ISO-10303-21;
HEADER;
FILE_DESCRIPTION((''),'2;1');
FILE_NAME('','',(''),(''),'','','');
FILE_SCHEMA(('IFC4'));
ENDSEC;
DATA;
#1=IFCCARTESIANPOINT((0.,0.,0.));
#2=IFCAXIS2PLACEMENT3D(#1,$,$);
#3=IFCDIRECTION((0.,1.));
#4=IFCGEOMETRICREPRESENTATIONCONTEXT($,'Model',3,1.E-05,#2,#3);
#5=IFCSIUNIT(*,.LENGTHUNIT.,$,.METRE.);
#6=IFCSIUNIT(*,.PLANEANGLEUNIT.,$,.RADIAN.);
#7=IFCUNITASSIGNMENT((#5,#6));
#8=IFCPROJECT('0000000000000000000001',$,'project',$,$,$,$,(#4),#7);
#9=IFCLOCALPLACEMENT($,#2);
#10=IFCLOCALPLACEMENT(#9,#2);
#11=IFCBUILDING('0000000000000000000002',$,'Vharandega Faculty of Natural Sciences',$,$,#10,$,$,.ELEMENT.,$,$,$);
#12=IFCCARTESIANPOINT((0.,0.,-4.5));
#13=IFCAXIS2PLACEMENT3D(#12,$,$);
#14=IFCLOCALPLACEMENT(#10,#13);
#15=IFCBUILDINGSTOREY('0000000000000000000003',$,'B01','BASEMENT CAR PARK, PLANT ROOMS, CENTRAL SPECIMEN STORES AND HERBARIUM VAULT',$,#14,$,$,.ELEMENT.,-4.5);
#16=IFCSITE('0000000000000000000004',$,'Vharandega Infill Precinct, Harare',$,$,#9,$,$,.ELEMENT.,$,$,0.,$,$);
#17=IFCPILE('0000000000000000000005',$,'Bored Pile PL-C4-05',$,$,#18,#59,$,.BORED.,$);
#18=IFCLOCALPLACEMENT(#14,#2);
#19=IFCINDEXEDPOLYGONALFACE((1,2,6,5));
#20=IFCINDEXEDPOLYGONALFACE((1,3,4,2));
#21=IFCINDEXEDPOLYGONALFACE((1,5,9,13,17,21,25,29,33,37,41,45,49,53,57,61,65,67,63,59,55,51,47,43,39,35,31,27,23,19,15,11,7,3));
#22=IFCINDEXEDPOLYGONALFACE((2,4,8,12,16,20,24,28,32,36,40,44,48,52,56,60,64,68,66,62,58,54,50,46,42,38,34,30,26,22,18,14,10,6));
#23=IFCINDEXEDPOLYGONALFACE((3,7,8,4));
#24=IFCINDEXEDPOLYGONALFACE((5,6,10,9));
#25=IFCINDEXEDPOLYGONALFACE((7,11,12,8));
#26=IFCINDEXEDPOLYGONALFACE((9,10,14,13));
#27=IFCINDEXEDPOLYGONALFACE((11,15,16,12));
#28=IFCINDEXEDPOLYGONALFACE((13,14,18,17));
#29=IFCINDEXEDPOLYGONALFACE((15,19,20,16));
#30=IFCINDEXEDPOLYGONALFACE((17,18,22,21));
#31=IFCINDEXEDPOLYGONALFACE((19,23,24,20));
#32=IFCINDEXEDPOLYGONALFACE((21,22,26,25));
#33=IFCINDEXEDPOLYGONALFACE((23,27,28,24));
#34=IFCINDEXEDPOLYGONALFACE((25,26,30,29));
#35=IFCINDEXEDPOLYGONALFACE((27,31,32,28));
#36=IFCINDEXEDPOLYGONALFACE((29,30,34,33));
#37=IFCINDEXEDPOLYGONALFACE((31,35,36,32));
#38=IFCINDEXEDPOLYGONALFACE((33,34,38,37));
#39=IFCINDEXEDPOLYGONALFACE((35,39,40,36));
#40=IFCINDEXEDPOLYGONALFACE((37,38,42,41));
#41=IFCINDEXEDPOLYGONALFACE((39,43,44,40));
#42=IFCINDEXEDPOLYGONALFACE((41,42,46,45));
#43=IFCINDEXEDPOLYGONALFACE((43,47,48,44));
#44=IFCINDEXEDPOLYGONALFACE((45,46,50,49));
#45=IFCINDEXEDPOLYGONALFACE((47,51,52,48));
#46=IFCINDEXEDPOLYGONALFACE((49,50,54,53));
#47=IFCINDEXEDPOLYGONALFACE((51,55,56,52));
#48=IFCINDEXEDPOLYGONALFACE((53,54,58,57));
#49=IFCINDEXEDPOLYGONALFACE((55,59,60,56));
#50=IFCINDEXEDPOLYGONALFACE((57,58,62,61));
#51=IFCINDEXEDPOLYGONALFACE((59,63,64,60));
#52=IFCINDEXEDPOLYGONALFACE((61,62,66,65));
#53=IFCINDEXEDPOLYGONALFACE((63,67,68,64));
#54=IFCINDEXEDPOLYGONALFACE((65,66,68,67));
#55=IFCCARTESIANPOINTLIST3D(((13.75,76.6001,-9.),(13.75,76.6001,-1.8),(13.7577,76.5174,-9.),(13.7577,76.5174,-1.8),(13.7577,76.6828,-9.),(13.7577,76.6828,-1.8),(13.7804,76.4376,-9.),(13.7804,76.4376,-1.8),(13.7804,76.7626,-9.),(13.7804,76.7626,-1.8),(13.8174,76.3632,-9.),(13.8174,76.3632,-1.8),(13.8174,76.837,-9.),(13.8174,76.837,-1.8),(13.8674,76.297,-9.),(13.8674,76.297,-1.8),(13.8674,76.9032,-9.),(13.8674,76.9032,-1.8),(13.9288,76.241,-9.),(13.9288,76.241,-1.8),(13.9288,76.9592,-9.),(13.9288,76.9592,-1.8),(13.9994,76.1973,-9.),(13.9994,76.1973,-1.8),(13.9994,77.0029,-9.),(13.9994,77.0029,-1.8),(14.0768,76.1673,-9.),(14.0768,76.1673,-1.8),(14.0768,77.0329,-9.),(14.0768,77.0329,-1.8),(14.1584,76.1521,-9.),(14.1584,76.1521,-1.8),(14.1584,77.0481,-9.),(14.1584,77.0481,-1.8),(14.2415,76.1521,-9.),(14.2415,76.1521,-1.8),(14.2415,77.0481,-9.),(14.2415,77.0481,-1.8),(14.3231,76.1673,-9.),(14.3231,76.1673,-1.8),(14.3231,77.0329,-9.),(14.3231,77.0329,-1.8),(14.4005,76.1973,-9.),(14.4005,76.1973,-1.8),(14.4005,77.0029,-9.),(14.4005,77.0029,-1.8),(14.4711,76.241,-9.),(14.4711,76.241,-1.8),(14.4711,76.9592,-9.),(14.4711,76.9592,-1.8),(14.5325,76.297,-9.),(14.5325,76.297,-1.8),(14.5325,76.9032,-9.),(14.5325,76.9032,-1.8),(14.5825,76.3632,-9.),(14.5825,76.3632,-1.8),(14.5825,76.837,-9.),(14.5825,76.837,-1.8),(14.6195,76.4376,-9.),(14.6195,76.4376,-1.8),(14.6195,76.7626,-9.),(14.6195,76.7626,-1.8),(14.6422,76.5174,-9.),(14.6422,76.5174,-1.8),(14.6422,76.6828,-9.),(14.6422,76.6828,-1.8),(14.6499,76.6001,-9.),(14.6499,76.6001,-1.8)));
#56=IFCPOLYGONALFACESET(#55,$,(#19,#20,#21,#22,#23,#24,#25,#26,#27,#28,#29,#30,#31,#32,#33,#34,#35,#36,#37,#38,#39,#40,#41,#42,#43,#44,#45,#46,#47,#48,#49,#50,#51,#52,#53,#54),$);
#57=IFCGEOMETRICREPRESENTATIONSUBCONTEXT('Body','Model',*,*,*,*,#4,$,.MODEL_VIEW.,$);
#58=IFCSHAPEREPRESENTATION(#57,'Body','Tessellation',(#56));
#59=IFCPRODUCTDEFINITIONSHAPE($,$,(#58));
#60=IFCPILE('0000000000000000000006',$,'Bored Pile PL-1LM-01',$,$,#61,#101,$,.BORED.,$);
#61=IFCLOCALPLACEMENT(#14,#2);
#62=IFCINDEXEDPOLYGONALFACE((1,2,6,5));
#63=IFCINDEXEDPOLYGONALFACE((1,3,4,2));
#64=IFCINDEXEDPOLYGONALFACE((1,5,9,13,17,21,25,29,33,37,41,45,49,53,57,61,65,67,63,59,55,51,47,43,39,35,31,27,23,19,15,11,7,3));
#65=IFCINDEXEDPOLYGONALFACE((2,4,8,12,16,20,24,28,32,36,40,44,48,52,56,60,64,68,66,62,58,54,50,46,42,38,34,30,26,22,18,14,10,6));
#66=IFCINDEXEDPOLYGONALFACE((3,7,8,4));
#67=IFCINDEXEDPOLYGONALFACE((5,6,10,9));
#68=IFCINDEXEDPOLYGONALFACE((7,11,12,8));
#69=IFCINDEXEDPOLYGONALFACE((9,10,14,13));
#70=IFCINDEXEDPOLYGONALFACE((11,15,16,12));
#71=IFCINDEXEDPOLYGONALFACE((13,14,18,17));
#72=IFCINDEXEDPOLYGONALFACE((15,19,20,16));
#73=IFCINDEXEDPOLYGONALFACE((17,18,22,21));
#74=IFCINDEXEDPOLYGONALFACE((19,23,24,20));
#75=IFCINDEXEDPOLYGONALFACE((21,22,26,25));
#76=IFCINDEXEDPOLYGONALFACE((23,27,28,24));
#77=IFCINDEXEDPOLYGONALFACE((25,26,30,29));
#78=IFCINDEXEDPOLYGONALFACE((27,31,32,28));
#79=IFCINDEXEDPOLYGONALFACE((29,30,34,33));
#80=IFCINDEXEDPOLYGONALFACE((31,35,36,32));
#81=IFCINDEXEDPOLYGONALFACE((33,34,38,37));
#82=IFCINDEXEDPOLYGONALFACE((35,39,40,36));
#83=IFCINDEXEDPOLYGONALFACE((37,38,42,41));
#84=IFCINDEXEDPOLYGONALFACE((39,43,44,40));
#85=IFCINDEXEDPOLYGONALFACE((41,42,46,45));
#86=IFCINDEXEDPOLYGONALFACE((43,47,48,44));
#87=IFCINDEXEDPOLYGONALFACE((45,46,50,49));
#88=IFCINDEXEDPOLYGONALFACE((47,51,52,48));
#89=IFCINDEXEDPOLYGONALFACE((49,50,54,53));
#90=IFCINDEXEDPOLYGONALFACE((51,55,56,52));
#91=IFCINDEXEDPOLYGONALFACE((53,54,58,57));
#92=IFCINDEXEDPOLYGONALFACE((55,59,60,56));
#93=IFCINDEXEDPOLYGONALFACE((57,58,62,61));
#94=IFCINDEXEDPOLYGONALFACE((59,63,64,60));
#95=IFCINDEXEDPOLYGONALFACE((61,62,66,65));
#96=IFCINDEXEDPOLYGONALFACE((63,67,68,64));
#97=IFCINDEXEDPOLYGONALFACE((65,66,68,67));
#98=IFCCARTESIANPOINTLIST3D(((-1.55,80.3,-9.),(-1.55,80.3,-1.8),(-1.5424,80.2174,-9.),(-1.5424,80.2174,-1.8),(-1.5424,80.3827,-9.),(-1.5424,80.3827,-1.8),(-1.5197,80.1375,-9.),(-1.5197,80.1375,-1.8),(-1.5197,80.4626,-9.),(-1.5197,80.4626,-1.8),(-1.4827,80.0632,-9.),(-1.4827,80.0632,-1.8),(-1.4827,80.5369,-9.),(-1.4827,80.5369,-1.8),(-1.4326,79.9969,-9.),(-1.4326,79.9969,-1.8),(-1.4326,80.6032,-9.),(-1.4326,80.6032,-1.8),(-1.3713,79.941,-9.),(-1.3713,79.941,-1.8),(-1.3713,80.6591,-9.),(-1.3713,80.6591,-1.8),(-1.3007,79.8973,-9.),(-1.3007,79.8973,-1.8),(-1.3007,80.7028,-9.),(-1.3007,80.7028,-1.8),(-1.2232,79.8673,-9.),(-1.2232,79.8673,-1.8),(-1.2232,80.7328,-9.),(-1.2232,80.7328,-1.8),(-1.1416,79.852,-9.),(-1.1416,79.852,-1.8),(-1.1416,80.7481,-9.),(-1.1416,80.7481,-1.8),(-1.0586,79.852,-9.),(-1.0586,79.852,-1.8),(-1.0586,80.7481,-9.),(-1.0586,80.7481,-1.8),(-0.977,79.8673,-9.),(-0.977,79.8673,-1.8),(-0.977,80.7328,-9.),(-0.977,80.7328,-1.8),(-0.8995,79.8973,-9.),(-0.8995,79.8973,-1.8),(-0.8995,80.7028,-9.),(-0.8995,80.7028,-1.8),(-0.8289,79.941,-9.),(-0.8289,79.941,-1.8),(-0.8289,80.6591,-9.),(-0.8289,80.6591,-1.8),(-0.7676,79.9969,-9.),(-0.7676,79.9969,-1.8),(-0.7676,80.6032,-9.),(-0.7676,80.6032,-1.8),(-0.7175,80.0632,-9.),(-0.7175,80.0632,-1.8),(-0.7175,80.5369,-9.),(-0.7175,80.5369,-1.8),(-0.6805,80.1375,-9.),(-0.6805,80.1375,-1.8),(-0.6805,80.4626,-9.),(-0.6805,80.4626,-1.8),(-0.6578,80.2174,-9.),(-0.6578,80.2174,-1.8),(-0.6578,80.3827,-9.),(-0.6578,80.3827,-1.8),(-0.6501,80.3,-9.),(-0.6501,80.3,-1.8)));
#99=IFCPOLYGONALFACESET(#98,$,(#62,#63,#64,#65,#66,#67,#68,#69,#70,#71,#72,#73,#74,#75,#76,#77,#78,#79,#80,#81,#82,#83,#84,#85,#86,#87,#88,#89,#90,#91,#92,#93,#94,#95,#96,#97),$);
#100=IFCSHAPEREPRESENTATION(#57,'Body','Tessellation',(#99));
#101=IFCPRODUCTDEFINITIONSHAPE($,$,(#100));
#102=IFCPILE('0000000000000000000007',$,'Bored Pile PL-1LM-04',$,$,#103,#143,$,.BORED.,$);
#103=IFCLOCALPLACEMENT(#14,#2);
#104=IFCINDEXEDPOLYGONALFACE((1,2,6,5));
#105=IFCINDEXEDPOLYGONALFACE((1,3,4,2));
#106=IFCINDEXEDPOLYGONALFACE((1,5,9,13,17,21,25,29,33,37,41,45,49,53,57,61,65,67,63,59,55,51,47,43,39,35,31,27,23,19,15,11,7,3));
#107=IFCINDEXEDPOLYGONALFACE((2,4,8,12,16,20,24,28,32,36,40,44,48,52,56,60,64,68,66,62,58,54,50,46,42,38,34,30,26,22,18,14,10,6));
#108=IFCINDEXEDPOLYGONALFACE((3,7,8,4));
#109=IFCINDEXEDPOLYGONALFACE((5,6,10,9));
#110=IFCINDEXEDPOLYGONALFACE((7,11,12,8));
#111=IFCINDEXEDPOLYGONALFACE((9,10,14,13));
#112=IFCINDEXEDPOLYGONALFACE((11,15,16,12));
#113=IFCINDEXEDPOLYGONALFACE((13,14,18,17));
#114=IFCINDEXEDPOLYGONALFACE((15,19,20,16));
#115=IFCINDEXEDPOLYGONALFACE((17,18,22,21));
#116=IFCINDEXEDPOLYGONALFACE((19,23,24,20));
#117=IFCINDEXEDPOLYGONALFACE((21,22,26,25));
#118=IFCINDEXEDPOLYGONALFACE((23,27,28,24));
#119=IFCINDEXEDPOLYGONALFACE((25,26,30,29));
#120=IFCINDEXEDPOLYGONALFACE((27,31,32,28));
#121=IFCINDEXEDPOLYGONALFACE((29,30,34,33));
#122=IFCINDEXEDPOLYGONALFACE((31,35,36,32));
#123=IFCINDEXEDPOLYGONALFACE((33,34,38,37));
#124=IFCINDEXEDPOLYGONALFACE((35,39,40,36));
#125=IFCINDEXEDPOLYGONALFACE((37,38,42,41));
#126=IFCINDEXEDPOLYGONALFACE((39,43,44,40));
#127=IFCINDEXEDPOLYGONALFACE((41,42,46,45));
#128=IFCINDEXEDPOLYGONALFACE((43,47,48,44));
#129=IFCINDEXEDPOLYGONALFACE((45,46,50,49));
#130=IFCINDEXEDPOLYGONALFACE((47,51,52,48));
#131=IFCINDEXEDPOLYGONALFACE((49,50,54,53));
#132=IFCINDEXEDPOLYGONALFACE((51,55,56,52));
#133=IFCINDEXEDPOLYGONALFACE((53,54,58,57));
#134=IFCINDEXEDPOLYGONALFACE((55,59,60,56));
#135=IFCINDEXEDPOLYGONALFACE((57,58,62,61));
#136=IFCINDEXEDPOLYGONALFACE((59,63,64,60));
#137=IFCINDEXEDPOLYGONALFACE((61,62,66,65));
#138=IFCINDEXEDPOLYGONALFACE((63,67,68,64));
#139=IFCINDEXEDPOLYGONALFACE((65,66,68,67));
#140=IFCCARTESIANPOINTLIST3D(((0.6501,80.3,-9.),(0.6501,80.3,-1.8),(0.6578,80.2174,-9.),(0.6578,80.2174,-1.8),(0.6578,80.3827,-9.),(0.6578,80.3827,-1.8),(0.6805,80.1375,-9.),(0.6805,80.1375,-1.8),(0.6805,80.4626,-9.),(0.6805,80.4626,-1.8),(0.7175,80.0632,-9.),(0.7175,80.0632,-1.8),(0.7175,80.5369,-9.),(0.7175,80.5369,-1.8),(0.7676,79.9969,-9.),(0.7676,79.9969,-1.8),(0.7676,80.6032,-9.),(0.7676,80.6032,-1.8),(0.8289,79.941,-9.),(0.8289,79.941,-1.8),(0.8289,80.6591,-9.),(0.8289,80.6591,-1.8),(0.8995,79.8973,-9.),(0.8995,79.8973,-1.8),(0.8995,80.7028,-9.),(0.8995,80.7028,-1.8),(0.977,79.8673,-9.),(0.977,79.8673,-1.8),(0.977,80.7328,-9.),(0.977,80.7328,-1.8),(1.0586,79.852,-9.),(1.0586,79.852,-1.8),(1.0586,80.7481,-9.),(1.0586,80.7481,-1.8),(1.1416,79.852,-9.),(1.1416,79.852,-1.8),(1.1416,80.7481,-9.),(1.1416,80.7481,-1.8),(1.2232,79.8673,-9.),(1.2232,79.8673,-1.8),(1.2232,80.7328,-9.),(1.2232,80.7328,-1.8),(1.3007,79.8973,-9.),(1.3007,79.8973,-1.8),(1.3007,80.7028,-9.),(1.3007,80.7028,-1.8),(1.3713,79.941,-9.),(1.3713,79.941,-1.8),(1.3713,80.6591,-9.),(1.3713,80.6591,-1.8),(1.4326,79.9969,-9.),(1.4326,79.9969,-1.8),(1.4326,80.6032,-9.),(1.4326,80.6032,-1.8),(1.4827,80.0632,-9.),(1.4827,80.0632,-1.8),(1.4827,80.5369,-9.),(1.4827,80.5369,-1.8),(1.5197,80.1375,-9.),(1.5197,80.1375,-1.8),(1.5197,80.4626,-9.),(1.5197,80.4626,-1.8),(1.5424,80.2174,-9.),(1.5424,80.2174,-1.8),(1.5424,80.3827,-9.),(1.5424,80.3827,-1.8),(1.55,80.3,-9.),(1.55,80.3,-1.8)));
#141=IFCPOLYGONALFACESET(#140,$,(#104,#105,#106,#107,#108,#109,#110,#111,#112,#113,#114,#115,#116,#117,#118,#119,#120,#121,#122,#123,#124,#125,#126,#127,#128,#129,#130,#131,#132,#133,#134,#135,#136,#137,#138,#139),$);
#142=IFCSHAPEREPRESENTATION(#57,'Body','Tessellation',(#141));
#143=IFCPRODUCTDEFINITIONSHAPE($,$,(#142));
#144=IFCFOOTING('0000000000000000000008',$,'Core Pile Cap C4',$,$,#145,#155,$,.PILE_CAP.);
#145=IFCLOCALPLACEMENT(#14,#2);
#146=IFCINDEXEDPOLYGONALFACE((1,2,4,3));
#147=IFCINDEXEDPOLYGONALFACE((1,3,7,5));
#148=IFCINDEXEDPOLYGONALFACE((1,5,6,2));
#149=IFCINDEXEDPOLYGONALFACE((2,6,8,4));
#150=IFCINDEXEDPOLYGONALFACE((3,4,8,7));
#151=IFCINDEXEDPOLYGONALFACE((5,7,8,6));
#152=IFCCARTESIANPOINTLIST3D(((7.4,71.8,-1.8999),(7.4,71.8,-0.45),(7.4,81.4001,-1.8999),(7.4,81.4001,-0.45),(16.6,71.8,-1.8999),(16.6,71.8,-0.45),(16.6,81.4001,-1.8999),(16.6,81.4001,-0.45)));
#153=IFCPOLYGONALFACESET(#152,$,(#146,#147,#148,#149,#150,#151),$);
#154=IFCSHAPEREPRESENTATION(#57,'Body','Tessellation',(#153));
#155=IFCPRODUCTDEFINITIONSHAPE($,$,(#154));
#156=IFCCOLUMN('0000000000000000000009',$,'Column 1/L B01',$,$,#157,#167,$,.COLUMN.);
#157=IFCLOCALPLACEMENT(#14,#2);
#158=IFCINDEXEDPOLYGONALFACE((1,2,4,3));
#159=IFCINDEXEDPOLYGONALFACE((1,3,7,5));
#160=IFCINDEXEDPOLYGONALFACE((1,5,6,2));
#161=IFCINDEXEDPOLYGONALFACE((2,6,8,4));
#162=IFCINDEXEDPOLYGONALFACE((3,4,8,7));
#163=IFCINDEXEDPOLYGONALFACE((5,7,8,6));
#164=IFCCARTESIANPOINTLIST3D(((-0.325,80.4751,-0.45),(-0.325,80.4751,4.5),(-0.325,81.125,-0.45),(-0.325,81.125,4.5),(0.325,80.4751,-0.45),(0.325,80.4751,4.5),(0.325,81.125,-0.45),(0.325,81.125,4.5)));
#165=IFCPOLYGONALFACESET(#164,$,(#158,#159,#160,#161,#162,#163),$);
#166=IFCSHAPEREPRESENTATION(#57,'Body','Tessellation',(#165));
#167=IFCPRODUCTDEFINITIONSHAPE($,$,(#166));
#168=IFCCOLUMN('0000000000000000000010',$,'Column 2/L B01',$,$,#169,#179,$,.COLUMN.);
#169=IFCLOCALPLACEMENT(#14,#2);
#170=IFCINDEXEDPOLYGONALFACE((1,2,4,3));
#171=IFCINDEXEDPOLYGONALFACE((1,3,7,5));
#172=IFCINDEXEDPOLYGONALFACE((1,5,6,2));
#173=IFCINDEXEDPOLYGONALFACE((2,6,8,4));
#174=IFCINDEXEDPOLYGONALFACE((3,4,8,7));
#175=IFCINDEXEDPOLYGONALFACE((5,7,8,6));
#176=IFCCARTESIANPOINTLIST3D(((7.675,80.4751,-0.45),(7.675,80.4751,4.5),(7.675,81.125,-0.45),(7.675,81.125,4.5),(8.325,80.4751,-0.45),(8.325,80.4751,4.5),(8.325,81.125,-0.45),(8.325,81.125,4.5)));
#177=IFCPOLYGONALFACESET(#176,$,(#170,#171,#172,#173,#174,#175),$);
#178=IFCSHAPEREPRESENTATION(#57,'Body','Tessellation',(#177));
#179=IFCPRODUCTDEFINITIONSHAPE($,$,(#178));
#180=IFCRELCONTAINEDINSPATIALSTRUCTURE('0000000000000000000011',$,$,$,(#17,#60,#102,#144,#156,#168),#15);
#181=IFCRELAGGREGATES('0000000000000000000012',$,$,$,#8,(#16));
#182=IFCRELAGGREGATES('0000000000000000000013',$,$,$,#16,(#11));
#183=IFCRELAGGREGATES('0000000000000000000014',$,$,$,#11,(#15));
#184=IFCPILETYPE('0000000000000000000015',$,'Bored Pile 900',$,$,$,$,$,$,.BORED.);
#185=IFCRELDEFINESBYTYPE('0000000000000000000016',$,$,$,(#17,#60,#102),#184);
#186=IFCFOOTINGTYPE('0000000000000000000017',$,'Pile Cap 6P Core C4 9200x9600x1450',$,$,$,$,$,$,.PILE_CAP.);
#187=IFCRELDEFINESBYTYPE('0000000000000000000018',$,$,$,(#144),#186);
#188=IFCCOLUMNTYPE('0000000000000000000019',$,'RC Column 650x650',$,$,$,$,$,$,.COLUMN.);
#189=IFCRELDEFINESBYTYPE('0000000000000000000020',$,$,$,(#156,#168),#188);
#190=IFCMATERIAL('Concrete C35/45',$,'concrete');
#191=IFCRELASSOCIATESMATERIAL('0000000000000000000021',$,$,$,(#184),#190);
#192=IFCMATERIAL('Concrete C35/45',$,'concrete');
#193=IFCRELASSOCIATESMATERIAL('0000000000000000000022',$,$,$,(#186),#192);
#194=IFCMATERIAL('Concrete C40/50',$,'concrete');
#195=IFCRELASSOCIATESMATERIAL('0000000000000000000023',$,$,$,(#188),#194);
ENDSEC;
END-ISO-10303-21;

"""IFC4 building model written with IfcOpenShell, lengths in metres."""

from ifc_helpers import new_model, si_unit, direction, frame, origin, origin_2d, place, context, subcontext, project, spatial, rectangle, circle, extrude, material, material_profile, profile_set, type_object, element, save


model = new_model("IFC4")

# Units and contexts
model_context = context("Model", 3, precision=1e-05, world=origin(), true_north=direction((0.0, 1.0)))
body_context = subcontext(model_context, "Body", "Model", "MODEL_VIEW")
ifc_project = project(units=[si_unit("LENGTHUNIT", "METRE"), si_unit("PLANEANGLEUNIT", "RADIAN")], contexts=[model_context])

# Site, building, storey
site_placement = place(None, origin())
site = spatial("IfcSite", under=ifc_project, at=site_placement, Name="Vharandega Infill Precinct, Harare", CompositionType="ELEMENT", RefElevation=0.0)
building_placement = place(site_placement, origin())
building = spatial("IfcBuilding", under=site, at=building_placement, Name="Vharandega Faculty of Natural Sciences", CompositionType="ELEMENT")
storey_placement = place(building_placement, frame((0.0, 0.0, -4.5)))
storey = spatial("IfcBuildingStorey", under=building, at=storey_placement, Name="B01", Description="BASEMENT CAR PARK, PLANT ROOMS, CENTRAL SPECIMEN STORES AND HERBARIUM VAULT", CompositionType="ELEMENT", Elevation=-4.5)

# Piles
ifc_material_1 = material(Name="Concrete C35/45", Category="concrete")
ifc_material_profile_1 = material_profile(ifc_material_1, circle(Radius=0.45, at=origin_2d()), Name="PILE 900")
ifc_profile_set_1 = profile_set([ifc_material_profile_1], Name="Concrete C35/45")
pile_type = type_object("IfcPileType", Name="Bored Pile 900", PredefinedType="BORED", material=ifc_profile_set_1)
for number, where, z_axis, x_axis, name in (
    (1, (14.2, 76.6001, -1.8), (0.0, 0.0, -1.0), (1.0, 0.0, 0.0), "Bored Pile PL-C4-05"),
    (2, (-1.1001, 80.3, -1.8), (0.0, 0.0, -1.0), (1.0, 0.0, 0.0), "Bored Pile PL-1LM-01"),
    (3, (1.1001, 80.3, -1.8), (0.0, 0.0, -1.0), (1.0, 0.0, 0.0), "Bored Pile PL-1LM-04"),
):
    element("IfcPile", number, at=place(storey_placement, frame(where, z_axis=z_axis, x_axis=x_axis)), inside=storey, type_object=pile_type, Name=name, PredefinedType="BORED", context=body_context, shape_type="SweptSolid", body=[
        extrude(circle(Radius=0.45, at=origin_2d()), origin(), (0.0, 0.0, 1.0), 7.2),
    ])

# Footing
ifc_material_2 = material(Name="Concrete C35/45", Category="concrete")
footing_type = type_object("IfcFootingType", Name="Pile Cap 6P Core C4 9200x9600x1450", PredefinedType="PILE_CAP", material=ifc_material_2)
footing_placement = place(storey_placement, frame((12.0, 76.6001, -1.8999), z_axis=(0.0, 0.0, 1.0), x_axis=(1.0, 0.0, 0.0)))
element("IfcFooting", 4, at=footing_placement, inside=storey, type_object=footing_type, Name="Core Pile Cap C4", PredefinedType="PILE_CAP", context=body_context, shape_type="SweptSolid", body=[
    extrude(rectangle(XDim=9.2, YDim=9.6001, at=origin_2d()), origin(), (0.0, 0.0, 1.0), 1.45),
])

# Columns
ifc_material_3 = material(Name="Concrete C40/50", Category="concrete")
ifc_material_profile_2 = material_profile(ifc_material_3, rectangle(XDim=0.6499, YDim=0.6499, at=origin_2d()), Name="RC 650x650")
ifc_profile_set_2 = profile_set([ifc_material_profile_2], Name="Concrete C40/50")
column_type = type_object("IfcColumnType", Name="RC Column 650x650", PredefinedType="COLUMN", material=ifc_profile_set_2)
for number, where, z_axis, x_axis, name in (
    (5, (0.0, 80.8, -0.45), (0.0, 0.0, 1.0), (1.0, 0.0, 0.0), "Column 1/L B01"),
    (6, (8.0, 80.8, -0.45), (0.0, 0.0, 1.0), (1.0, 0.0, 0.0), "Column 2/L B01"),
):
    element("IfcColumn", number, at=place(storey_placement, frame(where, z_axis=z_axis, x_axis=x_axis)), inside=storey, type_object=column_type, Name=name, PredefinedType="COLUMN", context=body_context, shape_type="SweptSolid", body=[
        extrude(rectangle(XDim=0.6499, YDim=0.6499, at=origin_2d()), origin(), (0.0, 0.0, 1.0), 4.95),
    ])

save(model, "model.ifc")
